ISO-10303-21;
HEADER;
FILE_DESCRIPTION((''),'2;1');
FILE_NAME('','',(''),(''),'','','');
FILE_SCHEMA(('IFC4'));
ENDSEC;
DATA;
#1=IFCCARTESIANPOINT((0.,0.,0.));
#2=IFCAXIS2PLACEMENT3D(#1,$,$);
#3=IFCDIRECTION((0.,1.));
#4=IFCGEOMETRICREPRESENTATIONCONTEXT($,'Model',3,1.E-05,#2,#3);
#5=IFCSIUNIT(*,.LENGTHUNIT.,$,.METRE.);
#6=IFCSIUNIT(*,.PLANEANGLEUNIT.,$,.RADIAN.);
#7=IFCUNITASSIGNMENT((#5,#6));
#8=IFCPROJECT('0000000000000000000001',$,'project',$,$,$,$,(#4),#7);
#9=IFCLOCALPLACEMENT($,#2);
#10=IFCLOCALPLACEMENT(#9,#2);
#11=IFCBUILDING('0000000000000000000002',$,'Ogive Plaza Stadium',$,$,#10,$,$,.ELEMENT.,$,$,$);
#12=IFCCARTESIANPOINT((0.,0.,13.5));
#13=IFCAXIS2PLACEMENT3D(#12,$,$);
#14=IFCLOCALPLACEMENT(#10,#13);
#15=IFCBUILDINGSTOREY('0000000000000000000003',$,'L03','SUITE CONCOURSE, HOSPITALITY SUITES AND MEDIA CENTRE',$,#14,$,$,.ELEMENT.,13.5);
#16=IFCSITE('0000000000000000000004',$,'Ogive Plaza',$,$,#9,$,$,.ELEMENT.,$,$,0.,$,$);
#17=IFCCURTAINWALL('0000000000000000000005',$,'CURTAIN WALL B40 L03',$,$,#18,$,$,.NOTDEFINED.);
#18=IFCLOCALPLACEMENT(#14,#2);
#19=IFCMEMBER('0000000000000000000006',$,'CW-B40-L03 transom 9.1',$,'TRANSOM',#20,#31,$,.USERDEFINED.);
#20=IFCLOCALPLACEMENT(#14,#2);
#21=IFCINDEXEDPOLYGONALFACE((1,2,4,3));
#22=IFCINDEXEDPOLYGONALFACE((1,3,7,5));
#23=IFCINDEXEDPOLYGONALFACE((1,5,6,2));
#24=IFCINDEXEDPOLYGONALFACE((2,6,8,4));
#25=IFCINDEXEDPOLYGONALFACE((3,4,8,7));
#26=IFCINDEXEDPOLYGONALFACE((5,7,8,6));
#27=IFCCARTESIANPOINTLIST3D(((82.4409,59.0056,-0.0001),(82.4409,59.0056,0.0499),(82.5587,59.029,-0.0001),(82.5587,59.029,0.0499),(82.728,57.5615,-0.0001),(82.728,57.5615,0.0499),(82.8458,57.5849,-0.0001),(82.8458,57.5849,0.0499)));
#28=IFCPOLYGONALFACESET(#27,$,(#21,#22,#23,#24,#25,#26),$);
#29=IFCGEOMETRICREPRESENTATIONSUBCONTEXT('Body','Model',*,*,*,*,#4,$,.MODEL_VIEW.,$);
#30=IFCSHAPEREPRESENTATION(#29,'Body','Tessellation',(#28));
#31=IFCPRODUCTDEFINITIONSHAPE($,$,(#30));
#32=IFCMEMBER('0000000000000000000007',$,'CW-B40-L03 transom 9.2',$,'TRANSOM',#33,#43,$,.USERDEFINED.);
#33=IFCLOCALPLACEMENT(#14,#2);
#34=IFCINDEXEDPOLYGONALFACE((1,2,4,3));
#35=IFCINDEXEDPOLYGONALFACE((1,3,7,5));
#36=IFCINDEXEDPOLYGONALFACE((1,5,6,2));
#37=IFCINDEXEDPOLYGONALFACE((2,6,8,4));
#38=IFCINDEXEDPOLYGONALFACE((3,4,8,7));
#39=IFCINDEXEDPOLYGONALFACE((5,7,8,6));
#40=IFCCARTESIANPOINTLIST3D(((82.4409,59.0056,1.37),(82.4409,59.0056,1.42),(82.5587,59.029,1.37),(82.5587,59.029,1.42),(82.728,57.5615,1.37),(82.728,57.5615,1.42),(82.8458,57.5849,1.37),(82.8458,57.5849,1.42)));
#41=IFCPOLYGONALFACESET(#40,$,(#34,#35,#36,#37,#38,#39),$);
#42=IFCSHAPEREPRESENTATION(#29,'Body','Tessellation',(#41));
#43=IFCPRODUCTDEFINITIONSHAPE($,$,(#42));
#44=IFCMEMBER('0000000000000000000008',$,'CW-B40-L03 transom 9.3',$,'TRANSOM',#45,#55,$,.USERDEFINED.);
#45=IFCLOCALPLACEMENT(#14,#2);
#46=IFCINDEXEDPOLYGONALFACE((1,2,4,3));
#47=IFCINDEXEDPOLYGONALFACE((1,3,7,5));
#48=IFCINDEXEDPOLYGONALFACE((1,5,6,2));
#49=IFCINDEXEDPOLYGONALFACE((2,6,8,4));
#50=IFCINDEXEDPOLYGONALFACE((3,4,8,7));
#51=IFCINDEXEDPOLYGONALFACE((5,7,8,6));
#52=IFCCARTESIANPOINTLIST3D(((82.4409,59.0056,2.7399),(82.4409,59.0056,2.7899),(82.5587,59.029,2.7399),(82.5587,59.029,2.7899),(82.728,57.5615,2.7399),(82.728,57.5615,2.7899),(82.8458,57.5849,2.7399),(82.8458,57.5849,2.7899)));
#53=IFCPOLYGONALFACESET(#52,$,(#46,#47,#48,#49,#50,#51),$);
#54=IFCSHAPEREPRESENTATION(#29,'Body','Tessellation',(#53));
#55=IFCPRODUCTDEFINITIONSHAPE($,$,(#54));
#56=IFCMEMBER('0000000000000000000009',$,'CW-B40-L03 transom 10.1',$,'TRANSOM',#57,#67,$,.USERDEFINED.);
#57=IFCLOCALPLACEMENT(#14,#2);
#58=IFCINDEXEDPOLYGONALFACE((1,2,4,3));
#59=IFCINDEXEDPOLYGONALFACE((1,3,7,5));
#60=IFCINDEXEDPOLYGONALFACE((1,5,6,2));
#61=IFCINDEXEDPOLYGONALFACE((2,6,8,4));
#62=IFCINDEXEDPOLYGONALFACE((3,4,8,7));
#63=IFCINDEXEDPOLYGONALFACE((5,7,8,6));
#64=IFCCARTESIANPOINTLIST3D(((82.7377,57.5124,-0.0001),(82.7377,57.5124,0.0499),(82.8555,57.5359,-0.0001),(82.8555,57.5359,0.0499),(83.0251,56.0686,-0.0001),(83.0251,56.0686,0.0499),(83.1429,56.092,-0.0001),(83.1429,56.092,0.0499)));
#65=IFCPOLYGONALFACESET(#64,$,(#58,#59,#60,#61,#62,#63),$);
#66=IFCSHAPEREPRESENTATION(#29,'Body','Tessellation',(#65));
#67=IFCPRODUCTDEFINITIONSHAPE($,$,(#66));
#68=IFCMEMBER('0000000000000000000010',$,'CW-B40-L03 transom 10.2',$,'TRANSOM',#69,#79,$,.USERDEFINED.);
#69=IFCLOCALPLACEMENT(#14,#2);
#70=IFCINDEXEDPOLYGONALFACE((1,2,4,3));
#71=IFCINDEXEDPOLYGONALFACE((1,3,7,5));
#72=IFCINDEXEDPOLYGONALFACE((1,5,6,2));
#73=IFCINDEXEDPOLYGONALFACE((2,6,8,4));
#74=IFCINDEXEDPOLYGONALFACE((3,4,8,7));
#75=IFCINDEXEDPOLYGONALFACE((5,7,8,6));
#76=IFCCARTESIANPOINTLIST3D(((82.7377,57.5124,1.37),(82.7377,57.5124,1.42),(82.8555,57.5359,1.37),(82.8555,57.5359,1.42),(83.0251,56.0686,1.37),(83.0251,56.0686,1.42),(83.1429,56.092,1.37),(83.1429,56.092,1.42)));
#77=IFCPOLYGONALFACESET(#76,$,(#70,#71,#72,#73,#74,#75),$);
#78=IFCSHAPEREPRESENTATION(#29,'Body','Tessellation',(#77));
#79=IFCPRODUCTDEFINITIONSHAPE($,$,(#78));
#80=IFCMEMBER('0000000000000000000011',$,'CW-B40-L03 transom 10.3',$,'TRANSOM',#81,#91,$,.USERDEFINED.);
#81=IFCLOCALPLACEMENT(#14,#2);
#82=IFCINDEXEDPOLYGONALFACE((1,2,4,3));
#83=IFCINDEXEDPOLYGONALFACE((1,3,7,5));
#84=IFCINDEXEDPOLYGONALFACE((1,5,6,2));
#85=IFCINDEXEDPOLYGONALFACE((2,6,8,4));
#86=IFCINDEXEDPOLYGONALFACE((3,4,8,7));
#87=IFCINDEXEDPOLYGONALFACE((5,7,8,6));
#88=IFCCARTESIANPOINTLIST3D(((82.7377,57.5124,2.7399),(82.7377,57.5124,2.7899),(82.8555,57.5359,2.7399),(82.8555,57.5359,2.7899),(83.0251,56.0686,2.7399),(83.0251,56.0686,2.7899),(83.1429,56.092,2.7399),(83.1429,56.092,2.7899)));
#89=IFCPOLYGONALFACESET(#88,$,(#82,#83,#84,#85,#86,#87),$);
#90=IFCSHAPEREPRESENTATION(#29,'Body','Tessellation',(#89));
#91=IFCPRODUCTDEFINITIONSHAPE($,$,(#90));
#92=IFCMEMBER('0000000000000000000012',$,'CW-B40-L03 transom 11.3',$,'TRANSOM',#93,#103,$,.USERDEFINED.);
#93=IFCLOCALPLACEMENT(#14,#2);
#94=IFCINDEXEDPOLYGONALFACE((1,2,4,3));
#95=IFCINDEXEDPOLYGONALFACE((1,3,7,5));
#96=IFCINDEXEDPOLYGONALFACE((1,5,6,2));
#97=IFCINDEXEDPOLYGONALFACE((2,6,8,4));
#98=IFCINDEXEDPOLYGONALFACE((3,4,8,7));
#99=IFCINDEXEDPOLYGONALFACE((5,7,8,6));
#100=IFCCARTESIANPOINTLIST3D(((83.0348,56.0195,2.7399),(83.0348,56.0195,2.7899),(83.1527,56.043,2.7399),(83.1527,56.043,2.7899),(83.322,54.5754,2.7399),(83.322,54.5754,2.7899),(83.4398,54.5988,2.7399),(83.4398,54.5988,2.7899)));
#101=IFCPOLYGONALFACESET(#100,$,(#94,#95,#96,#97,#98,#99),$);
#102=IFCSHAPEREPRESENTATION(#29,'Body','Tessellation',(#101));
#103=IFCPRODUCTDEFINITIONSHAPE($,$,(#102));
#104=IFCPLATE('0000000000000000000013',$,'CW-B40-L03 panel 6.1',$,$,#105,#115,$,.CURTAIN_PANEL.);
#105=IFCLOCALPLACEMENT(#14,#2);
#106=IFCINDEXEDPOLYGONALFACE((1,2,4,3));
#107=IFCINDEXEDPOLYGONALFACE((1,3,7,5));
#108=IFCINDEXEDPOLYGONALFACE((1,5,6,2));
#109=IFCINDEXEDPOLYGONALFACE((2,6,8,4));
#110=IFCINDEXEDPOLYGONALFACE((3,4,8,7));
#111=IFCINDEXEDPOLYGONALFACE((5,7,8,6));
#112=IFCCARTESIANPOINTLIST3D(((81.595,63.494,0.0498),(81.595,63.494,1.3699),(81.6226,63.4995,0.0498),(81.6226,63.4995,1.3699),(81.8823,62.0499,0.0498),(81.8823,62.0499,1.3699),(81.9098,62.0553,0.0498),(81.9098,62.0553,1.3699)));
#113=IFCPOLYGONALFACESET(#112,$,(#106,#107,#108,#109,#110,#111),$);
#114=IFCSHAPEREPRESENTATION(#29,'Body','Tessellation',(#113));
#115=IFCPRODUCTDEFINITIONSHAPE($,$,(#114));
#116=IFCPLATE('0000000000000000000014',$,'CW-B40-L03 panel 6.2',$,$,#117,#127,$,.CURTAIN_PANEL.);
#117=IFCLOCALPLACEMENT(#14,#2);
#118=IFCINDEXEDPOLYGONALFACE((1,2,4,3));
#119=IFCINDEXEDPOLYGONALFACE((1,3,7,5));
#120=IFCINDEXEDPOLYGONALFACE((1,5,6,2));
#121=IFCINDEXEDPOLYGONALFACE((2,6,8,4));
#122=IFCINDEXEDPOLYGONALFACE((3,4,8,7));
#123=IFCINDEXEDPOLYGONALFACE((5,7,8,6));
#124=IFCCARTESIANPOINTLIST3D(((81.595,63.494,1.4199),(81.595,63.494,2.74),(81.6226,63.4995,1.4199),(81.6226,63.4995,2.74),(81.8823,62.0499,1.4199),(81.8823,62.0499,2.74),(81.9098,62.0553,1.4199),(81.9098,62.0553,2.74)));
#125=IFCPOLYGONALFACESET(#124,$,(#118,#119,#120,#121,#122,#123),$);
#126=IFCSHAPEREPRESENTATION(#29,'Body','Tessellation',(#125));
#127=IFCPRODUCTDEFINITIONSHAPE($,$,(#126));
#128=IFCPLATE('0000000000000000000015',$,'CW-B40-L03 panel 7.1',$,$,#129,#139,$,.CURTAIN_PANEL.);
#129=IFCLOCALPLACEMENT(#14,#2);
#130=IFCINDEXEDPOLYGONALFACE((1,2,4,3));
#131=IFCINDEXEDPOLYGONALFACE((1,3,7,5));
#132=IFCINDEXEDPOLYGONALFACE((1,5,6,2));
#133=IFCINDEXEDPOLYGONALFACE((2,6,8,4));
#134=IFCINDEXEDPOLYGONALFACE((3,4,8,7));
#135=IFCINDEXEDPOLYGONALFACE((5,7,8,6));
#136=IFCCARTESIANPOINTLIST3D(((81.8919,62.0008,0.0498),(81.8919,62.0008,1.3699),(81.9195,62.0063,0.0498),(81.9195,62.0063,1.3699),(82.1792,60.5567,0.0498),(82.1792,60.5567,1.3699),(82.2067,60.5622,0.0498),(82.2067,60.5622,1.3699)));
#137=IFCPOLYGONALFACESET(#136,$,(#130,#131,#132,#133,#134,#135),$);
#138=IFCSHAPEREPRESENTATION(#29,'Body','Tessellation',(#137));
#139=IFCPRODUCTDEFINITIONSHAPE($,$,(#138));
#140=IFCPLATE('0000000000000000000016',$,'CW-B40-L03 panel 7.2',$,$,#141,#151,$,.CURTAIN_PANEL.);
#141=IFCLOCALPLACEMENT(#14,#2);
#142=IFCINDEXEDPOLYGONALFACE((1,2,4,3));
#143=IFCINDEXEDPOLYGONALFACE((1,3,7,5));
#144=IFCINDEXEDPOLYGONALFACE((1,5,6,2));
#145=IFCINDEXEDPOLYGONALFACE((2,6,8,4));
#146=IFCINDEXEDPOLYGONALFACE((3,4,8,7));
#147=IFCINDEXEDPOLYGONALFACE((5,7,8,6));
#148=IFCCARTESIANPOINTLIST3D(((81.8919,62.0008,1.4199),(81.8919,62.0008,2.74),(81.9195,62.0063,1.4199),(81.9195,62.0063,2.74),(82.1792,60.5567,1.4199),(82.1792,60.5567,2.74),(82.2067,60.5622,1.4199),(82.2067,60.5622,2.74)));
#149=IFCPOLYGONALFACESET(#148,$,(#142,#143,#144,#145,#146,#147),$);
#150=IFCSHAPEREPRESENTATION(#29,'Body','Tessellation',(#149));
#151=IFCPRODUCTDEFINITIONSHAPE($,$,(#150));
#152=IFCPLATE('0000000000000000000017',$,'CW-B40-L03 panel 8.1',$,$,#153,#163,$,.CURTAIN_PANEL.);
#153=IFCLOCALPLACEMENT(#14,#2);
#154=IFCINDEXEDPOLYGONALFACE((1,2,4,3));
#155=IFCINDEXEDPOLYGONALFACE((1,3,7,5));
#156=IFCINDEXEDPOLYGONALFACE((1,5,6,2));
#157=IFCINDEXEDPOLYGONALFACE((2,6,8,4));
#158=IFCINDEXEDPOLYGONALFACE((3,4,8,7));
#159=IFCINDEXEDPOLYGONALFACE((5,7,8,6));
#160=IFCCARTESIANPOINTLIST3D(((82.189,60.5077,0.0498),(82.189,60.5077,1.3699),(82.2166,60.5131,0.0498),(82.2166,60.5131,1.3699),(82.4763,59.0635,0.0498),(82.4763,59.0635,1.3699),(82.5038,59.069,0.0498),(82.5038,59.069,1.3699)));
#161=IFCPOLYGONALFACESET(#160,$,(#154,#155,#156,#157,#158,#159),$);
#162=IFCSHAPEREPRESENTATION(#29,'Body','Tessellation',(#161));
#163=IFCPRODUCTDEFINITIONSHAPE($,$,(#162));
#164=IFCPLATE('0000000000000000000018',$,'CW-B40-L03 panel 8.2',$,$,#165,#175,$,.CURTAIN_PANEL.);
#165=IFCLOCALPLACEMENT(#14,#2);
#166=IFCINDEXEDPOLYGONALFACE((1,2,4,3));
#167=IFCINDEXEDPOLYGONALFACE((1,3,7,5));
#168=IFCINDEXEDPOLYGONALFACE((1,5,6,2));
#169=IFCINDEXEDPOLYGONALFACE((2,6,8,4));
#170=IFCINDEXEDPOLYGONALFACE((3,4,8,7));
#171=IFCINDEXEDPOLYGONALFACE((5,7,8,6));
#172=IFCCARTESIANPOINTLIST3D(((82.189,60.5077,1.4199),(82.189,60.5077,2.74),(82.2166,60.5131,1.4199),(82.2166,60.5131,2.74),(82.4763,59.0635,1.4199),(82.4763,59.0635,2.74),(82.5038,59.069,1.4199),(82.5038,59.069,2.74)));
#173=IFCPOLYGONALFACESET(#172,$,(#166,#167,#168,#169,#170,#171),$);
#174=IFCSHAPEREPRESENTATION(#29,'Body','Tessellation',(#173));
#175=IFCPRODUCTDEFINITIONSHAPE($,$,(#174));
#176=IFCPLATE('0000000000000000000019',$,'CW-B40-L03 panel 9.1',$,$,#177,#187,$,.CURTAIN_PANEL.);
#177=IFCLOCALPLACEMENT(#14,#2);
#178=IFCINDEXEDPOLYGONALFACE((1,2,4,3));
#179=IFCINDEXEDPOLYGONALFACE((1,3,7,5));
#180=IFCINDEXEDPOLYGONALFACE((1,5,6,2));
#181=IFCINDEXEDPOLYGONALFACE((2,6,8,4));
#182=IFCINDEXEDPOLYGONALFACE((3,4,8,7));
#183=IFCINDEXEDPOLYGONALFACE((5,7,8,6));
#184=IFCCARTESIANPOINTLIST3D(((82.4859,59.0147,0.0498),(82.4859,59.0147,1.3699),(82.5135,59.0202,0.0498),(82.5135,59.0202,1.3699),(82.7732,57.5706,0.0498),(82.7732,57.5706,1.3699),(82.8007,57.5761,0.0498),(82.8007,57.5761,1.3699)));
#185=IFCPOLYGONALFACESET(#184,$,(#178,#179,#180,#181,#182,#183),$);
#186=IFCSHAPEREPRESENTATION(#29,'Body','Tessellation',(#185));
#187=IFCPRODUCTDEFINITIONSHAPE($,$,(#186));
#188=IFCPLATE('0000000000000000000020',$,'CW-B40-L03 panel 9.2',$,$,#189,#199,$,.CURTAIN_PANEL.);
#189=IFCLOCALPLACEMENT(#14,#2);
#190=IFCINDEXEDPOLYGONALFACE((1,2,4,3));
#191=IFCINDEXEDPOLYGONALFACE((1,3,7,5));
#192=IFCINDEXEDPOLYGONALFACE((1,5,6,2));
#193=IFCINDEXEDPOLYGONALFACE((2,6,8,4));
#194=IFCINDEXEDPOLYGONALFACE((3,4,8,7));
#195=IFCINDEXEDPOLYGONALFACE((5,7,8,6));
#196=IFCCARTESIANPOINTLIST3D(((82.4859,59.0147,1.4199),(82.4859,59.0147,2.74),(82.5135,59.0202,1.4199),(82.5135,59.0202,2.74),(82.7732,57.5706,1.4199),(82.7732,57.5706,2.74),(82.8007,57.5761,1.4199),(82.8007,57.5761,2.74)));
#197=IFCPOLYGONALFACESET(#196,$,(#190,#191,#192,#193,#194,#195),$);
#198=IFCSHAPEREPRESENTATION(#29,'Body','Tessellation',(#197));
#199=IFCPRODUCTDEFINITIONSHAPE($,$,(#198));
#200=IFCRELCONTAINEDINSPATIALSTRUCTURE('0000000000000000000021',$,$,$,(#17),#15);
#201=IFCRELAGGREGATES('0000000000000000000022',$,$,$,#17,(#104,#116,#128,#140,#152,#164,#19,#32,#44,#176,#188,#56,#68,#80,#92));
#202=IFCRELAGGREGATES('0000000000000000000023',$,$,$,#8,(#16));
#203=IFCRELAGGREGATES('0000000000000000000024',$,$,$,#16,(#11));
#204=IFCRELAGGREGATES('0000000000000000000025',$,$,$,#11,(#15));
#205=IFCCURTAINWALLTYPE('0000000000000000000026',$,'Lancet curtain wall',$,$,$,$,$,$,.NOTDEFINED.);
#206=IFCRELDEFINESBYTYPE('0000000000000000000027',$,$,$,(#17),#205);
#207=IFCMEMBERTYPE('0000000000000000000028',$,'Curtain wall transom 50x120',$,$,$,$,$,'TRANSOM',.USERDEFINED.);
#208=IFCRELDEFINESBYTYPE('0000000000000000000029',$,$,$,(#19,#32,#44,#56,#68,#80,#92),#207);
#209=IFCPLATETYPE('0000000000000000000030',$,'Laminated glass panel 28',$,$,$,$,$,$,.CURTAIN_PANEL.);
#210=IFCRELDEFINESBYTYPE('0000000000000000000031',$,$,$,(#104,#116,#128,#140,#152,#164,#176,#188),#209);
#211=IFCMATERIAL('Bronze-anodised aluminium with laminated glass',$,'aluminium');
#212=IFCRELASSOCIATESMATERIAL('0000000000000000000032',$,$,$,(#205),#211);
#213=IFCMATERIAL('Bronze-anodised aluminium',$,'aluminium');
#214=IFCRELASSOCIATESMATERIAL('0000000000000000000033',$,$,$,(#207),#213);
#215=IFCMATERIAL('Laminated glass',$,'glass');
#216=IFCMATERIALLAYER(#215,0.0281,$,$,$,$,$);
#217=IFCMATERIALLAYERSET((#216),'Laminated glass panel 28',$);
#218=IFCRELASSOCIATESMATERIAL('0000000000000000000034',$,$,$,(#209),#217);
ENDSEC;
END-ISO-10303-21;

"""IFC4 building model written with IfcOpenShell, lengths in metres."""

from ifc_helpers import new_model, si_unit, direction, frame, origin, origin_2d, place, context, subcontext, project, spatial, rectangle, extrude, material, layer, layer_set, material_profile, profile_set, type_object, element, aggregate, save


model = new_model("IFC4")

# Units and contexts
model_context = context("Model", 3, precision=1e-05, world=origin(), true_north=direction((0.0, 1.0)))
body_context = subcontext(model_context, "Body", "Model", "MODEL_VIEW")
ifc_project = project(units=[si_unit("LENGTHUNIT", "METRE"), si_unit("PLANEANGLEUNIT", "RADIAN")], contexts=[model_context])

# Site, building, storey
site_placement = place(None, origin())
site = spatial("IfcSite", under=ifc_project, at=site_placement, Name="Ogive Plaza", CompositionType="ELEMENT", RefElevation=0.0)
building_placement = place(site_placement, origin())
building = spatial("IfcBuilding", under=site, at=building_placement, Name="Ogive Plaza Stadium", CompositionType="ELEMENT")
storey_placement = place(building_placement, frame((0.0, 0.0, 13.5)))
storey = spatial("IfcBuildingStorey", under=building, at=storey_placement, Name="L03", Description="SUITE CONCOURSE, HOSPITALITY SUITES AND MEDIA CENTRE", CompositionType="ELEMENT", Elevation=13.5)

# Curtain wall, members, plates
ifc_material_1 = material(Name="Bronze-anodised aluminium with laminated glass", Category="aluminium")
curtain_wall_type = type_object("IfcCurtainWallType", Name="Lancet curtain wall", PredefinedType="NOTDEFINED", material=ifc_material_1)
curtain_wall_placement = place(storey_placement, origin())
curtain_wall = element("IfcCurtainWall", 1, at=curtain_wall_placement, inside=storey, type_object=curtain_wall_type, Name="CURTAIN WALL B40 L03", PredefinedType="NOTDEFINED")
ifc_material_2 = material(Name="Bronze-anodised aluminium", Category="aluminium")
ifc_material_profile_1 = material_profile(ifc_material_2, rectangle(XDim=0.1201, YDim=0.05, at=origin_2d()), Name="AL 120x50")
ifc_profile_set_1 = profile_set([ifc_material_profile_1], Name="Bronze-anodised aluminium")
member_type_1 = type_object("IfcMemberType", Name="Curtain wall transom 50x120", ElementType="TRANSOM", PredefinedType="USERDEFINED", material=ifc_profile_set_1)
member_1_placement = place(storey_placement, frame((82.4998, 59.0173, 0.0249), z_axis=(0.195, -0.980803, 0.0), x_axis=(0.980803, 0.195, 0.0)))
member_1 = element("IfcMember", 2, at=member_1_placement, type_object=member_type_1, Name="CW-B40-L03 transom 9.1", ObjectType="TRANSOM", PredefinedType="USERDEFINED", context=body_context, shape_type="SweptSolid", body=[
    extrude(rectangle(XDim=0.1201, YDim=0.05, at=origin_2d()), origin(), (0.0, 0.0, 1.0), 1.4724),
])
member_2_placement = place(storey_placement, frame((82.4998, 59.0173, 1.395), z_axis=(0.195, -0.980803, 0.0), x_axis=(0.980803, 0.195, 0.0)))
member_2 = element("IfcMember", 3, at=member_2_placement, type_object=member_type_1, Name="CW-B40-L03 transom 9.2", ObjectType="TRANSOM", PredefinedType="USERDEFINED", context=body_context, shape_type="SweptSolid", body=[
    extrude(rectangle(XDim=0.1201, YDim=0.05, at=origin_2d()), origin(), (0.0, 0.0, 1.0), 1.4724),
])
member_3_placement = place(storey_placement, frame((82.4998, 59.0173, 2.7649), z_axis=(0.195, -0.980803, 0.0), x_axis=(0.980803, 0.195, 0.0)))
member_3 = element("IfcMember", 4, at=member_3_placement, type_object=member_type_1, Name="CW-B40-L03 transom 9.3", ObjectType="TRANSOM", PredefinedType="USERDEFINED", context=body_context, shape_type="SweptSolid", body=[
    extrude(rectangle(XDim=0.1201, YDim=0.05, at=origin_2d()), origin(), (0.0, 0.0, 1.0), 1.4724),
])
member_4_placement = place(storey_placement, frame((82.7966, 57.5242, 0.0249), z_axis=(0.195191, -0.980765, 0.0), x_axis=(0.980765, 0.195191, 0.0)))
member_4 = element("IfcMember", 5, at=member_4_placement, type_object=member_type_1, Name="CW-B40-L03 transom 10.1", ObjectType="TRANSOM", PredefinedType="USERDEFINED", context=body_context, shape_type="SweptSolid", body=[
    extrude(rectangle(XDim=0.1201, YDim=0.05, at=origin_2d()), origin(), (0.0, 0.0, 1.0), 1.4722),
])
member_5_placement = place(storey_placement, frame((82.7966, 57.5242, 1.395), z_axis=(0.195191, -0.980765, 0.0), x_axis=(0.980765, 0.195191, 0.0)))
member_5 = element("IfcMember", 6, at=member_5_placement, type_object=member_type_1, Name="CW-B40-L03 transom 10.2", ObjectType="TRANSOM", PredefinedType="USERDEFINED", context=body_context, shape_type="SweptSolid", body=[
    extrude(rectangle(XDim=0.1201, YDim=0.05, at=origin_2d()), origin(), (0.0, 0.0, 1.0), 1.4722),
])
member_6_placement = place(storey_placement, frame((82.7966, 57.5242, 2.7649), z_axis=(0.195191, -0.980765, 0.0), x_axis=(0.980765, 0.195191, 0.0)))
member_6 = element("IfcMember", 7, at=member_6_placement, type_object=member_type_1, Name="CW-B40-L03 transom 10.3", ObjectType="TRANSOM", PredefinedType="USERDEFINED", context=body_context, shape_type="SweptSolid", body=[
    extrude(rectangle(XDim=0.1201, YDim=0.05, at=origin_2d()), origin(), (0.0, 0.0, 1.0), 1.4722),
])
member_7_placement = place(storey_placement, frame((83.0938, 56.0312, 2.7649), z_axis=(0.195, -0.980803, 0.0), x_axis=(0.980803, 0.195, 0.0)))
member_7 = element("IfcMember", 8, at=member_7_placement, type_object=member_type_1, Name="CW-B40-L03 transom 11.3", ObjectType="TRANSOM", PredefinedType="USERDEFINED", context=body_context, shape_type="SweptSolid", body=[
    extrude(rectangle(XDim=0.1201, YDim=0.05, at=origin_2d()), origin(), (0.0, 0.0, 1.0), 1.4724),
])
ifc_material_3 = material(Name="Laminated glass", Category="glass")
ifc_layer_1 = layer(ifc_material_3, 0.0281)
ifc_layer_set_1 = layer_set([ifc_layer_1], Name="Laminated glass panel 28")
plate_type = type_object("IfcPlateType", Name="Laminated glass panel 28", PredefinedType="CURTAIN_PANEL", material=ifc_layer_set_1)
plate_1_placement = place(storey_placement, frame((81.7524, 62.7747, 0.0498), z_axis=(0.0, 0.0, 1.0), x_axis=(0.19509, -0.980785, 0.0)))
plate_1 = element("IfcPlate", 9, at=plate_1_placement, type_object=plate_type, Name="CW-B40-L03 panel 6.1", PredefinedType="CURTAIN_PANEL", context=body_context, shape_type="SweptSolid", body=[
    extrude(rectangle(XDim=1.4724, YDim=0.0281, at=origin_2d()), origin(), (0.0, 0.0, 1.0), 1.3201),
])
plate_2_placement = place(storey_placement, frame((81.7524, 62.7747, 1.4199), z_axis=(0.0, 0.0, 1.0), x_axis=(0.19509, -0.980785, 0.0)))
plate_2 = element("IfcPlate", 10, at=plate_2_placement, type_object=plate_type, Name="CW-B40-L03 panel 6.2", PredefinedType="CURTAIN_PANEL", context=body_context, shape_type="SweptSolid", body=[
    extrude(rectangle(XDim=1.4724, YDim=0.0281, at=origin_2d()), origin(), (0.0, 0.0, 1.0), 1.3201),
])
plate_3_placement = place(storey_placement, frame((82.0493, 61.2815, 0.0498), z_axis=(0.0, 0.0, 1.0), x_axis=(0.19509, -0.980785, 0.0)))
plate_3 = element("IfcPlate", 11, at=plate_3_placement, type_object=plate_type, Name="CW-B40-L03 panel 7.1", PredefinedType="CURTAIN_PANEL", context=body_context, shape_type="SweptSolid", body=[
    extrude(rectangle(XDim=1.4724, YDim=0.0281, at=origin_2d()), origin(), (0.0, 0.0, 1.0), 1.3201),
])
plate_4_placement = place(storey_placement, frame((82.0493, 61.2815, 1.4199), z_axis=(0.0, 0.0, 1.0), x_axis=(0.19509, -0.980785, 0.0)))
plate_4 = element("IfcPlate", 12, at=plate_4_placement, type_object=plate_type, Name="CW-B40-L03 panel 7.2", PredefinedType="CURTAIN_PANEL", context=body_context, shape_type="SweptSolid", body=[
    extrude(rectangle(XDim=1.4724, YDim=0.0281, at=origin_2d()), origin(), (0.0, 0.0, 1.0), 1.3201),
])
plate_5_placement = place(storey_placement, frame((82.3464, 59.7883, 0.0498), z_axis=(0.0, 0.0, 1.0), x_axis=(0.19509, -0.980785, 0.0)))
plate_5 = element("IfcPlate", 13, at=plate_5_placement, type_object=plate_type, Name="CW-B40-L03 panel 8.1", PredefinedType="CURTAIN_PANEL", context=body_context, shape_type="SweptSolid", body=[
    extrude(rectangle(XDim=1.4724, YDim=0.0281, at=origin_2d()), origin(), (0.0, 0.0, 1.0), 1.3201),
])
plate_6_placement = place(storey_placement, frame((82.3464, 59.7883, 1.4199), z_axis=(0.0, 0.0, 1.0), x_axis=(0.19509, -0.980785, 0.0)))
plate_6 = element("IfcPlate", 14, at=plate_6_placement, type_object=plate_type, Name="CW-B40-L03 panel 8.2", PredefinedType="CURTAIN_PANEL", context=body_context, shape_type="SweptSolid", body=[
    extrude(rectangle(XDim=1.4724, YDim=0.0281, at=origin_2d()), origin(), (0.0, 0.0, 1.0), 1.3201),
])
plate_7_placement = place(storey_placement, frame((82.6433, 58.2954, 0.0498), z_axis=(0.0, 0.0, 1.0), x_axis=(0.19509, -0.980785, 0.0)))
plate_7 = element("IfcPlate", 15, at=plate_7_placement, type_object=plate_type, Name="CW-B40-L03 panel 9.1", PredefinedType="CURTAIN_PANEL", context=body_context, shape_type="SweptSolid", body=[
    extrude(rectangle(XDim=1.4724, YDim=0.0281, at=origin_2d()), origin(), (0.0, 0.0, 1.0), 1.3201),
])
plate_8_placement = place(storey_placement, frame((82.6433, 58.2954, 1.4199), z_axis=(0.0, 0.0, 1.0), x_axis=(0.19509, -0.980785, 0.0)))
plate_8 = element("IfcPlate", 16, at=plate_8_placement, type_object=plate_type, Name="CW-B40-L03 panel 9.2", PredefinedType="CURTAIN_PANEL", context=body_context, shape_type="SweptSolid", body=[
    extrude(rectangle(XDim=1.4724, YDim=0.0281, at=origin_2d()), origin(), (0.0, 0.0, 1.0), 1.3201),
])
aggregate(curtain_wall, [plate_1, plate_2, plate_3, plate_4, plate_5, plate_6, member_1, member_2, member_3, plate_7, plate_8, member_4, member_5, member_6, member_7])

save(model, "model.ifc")
